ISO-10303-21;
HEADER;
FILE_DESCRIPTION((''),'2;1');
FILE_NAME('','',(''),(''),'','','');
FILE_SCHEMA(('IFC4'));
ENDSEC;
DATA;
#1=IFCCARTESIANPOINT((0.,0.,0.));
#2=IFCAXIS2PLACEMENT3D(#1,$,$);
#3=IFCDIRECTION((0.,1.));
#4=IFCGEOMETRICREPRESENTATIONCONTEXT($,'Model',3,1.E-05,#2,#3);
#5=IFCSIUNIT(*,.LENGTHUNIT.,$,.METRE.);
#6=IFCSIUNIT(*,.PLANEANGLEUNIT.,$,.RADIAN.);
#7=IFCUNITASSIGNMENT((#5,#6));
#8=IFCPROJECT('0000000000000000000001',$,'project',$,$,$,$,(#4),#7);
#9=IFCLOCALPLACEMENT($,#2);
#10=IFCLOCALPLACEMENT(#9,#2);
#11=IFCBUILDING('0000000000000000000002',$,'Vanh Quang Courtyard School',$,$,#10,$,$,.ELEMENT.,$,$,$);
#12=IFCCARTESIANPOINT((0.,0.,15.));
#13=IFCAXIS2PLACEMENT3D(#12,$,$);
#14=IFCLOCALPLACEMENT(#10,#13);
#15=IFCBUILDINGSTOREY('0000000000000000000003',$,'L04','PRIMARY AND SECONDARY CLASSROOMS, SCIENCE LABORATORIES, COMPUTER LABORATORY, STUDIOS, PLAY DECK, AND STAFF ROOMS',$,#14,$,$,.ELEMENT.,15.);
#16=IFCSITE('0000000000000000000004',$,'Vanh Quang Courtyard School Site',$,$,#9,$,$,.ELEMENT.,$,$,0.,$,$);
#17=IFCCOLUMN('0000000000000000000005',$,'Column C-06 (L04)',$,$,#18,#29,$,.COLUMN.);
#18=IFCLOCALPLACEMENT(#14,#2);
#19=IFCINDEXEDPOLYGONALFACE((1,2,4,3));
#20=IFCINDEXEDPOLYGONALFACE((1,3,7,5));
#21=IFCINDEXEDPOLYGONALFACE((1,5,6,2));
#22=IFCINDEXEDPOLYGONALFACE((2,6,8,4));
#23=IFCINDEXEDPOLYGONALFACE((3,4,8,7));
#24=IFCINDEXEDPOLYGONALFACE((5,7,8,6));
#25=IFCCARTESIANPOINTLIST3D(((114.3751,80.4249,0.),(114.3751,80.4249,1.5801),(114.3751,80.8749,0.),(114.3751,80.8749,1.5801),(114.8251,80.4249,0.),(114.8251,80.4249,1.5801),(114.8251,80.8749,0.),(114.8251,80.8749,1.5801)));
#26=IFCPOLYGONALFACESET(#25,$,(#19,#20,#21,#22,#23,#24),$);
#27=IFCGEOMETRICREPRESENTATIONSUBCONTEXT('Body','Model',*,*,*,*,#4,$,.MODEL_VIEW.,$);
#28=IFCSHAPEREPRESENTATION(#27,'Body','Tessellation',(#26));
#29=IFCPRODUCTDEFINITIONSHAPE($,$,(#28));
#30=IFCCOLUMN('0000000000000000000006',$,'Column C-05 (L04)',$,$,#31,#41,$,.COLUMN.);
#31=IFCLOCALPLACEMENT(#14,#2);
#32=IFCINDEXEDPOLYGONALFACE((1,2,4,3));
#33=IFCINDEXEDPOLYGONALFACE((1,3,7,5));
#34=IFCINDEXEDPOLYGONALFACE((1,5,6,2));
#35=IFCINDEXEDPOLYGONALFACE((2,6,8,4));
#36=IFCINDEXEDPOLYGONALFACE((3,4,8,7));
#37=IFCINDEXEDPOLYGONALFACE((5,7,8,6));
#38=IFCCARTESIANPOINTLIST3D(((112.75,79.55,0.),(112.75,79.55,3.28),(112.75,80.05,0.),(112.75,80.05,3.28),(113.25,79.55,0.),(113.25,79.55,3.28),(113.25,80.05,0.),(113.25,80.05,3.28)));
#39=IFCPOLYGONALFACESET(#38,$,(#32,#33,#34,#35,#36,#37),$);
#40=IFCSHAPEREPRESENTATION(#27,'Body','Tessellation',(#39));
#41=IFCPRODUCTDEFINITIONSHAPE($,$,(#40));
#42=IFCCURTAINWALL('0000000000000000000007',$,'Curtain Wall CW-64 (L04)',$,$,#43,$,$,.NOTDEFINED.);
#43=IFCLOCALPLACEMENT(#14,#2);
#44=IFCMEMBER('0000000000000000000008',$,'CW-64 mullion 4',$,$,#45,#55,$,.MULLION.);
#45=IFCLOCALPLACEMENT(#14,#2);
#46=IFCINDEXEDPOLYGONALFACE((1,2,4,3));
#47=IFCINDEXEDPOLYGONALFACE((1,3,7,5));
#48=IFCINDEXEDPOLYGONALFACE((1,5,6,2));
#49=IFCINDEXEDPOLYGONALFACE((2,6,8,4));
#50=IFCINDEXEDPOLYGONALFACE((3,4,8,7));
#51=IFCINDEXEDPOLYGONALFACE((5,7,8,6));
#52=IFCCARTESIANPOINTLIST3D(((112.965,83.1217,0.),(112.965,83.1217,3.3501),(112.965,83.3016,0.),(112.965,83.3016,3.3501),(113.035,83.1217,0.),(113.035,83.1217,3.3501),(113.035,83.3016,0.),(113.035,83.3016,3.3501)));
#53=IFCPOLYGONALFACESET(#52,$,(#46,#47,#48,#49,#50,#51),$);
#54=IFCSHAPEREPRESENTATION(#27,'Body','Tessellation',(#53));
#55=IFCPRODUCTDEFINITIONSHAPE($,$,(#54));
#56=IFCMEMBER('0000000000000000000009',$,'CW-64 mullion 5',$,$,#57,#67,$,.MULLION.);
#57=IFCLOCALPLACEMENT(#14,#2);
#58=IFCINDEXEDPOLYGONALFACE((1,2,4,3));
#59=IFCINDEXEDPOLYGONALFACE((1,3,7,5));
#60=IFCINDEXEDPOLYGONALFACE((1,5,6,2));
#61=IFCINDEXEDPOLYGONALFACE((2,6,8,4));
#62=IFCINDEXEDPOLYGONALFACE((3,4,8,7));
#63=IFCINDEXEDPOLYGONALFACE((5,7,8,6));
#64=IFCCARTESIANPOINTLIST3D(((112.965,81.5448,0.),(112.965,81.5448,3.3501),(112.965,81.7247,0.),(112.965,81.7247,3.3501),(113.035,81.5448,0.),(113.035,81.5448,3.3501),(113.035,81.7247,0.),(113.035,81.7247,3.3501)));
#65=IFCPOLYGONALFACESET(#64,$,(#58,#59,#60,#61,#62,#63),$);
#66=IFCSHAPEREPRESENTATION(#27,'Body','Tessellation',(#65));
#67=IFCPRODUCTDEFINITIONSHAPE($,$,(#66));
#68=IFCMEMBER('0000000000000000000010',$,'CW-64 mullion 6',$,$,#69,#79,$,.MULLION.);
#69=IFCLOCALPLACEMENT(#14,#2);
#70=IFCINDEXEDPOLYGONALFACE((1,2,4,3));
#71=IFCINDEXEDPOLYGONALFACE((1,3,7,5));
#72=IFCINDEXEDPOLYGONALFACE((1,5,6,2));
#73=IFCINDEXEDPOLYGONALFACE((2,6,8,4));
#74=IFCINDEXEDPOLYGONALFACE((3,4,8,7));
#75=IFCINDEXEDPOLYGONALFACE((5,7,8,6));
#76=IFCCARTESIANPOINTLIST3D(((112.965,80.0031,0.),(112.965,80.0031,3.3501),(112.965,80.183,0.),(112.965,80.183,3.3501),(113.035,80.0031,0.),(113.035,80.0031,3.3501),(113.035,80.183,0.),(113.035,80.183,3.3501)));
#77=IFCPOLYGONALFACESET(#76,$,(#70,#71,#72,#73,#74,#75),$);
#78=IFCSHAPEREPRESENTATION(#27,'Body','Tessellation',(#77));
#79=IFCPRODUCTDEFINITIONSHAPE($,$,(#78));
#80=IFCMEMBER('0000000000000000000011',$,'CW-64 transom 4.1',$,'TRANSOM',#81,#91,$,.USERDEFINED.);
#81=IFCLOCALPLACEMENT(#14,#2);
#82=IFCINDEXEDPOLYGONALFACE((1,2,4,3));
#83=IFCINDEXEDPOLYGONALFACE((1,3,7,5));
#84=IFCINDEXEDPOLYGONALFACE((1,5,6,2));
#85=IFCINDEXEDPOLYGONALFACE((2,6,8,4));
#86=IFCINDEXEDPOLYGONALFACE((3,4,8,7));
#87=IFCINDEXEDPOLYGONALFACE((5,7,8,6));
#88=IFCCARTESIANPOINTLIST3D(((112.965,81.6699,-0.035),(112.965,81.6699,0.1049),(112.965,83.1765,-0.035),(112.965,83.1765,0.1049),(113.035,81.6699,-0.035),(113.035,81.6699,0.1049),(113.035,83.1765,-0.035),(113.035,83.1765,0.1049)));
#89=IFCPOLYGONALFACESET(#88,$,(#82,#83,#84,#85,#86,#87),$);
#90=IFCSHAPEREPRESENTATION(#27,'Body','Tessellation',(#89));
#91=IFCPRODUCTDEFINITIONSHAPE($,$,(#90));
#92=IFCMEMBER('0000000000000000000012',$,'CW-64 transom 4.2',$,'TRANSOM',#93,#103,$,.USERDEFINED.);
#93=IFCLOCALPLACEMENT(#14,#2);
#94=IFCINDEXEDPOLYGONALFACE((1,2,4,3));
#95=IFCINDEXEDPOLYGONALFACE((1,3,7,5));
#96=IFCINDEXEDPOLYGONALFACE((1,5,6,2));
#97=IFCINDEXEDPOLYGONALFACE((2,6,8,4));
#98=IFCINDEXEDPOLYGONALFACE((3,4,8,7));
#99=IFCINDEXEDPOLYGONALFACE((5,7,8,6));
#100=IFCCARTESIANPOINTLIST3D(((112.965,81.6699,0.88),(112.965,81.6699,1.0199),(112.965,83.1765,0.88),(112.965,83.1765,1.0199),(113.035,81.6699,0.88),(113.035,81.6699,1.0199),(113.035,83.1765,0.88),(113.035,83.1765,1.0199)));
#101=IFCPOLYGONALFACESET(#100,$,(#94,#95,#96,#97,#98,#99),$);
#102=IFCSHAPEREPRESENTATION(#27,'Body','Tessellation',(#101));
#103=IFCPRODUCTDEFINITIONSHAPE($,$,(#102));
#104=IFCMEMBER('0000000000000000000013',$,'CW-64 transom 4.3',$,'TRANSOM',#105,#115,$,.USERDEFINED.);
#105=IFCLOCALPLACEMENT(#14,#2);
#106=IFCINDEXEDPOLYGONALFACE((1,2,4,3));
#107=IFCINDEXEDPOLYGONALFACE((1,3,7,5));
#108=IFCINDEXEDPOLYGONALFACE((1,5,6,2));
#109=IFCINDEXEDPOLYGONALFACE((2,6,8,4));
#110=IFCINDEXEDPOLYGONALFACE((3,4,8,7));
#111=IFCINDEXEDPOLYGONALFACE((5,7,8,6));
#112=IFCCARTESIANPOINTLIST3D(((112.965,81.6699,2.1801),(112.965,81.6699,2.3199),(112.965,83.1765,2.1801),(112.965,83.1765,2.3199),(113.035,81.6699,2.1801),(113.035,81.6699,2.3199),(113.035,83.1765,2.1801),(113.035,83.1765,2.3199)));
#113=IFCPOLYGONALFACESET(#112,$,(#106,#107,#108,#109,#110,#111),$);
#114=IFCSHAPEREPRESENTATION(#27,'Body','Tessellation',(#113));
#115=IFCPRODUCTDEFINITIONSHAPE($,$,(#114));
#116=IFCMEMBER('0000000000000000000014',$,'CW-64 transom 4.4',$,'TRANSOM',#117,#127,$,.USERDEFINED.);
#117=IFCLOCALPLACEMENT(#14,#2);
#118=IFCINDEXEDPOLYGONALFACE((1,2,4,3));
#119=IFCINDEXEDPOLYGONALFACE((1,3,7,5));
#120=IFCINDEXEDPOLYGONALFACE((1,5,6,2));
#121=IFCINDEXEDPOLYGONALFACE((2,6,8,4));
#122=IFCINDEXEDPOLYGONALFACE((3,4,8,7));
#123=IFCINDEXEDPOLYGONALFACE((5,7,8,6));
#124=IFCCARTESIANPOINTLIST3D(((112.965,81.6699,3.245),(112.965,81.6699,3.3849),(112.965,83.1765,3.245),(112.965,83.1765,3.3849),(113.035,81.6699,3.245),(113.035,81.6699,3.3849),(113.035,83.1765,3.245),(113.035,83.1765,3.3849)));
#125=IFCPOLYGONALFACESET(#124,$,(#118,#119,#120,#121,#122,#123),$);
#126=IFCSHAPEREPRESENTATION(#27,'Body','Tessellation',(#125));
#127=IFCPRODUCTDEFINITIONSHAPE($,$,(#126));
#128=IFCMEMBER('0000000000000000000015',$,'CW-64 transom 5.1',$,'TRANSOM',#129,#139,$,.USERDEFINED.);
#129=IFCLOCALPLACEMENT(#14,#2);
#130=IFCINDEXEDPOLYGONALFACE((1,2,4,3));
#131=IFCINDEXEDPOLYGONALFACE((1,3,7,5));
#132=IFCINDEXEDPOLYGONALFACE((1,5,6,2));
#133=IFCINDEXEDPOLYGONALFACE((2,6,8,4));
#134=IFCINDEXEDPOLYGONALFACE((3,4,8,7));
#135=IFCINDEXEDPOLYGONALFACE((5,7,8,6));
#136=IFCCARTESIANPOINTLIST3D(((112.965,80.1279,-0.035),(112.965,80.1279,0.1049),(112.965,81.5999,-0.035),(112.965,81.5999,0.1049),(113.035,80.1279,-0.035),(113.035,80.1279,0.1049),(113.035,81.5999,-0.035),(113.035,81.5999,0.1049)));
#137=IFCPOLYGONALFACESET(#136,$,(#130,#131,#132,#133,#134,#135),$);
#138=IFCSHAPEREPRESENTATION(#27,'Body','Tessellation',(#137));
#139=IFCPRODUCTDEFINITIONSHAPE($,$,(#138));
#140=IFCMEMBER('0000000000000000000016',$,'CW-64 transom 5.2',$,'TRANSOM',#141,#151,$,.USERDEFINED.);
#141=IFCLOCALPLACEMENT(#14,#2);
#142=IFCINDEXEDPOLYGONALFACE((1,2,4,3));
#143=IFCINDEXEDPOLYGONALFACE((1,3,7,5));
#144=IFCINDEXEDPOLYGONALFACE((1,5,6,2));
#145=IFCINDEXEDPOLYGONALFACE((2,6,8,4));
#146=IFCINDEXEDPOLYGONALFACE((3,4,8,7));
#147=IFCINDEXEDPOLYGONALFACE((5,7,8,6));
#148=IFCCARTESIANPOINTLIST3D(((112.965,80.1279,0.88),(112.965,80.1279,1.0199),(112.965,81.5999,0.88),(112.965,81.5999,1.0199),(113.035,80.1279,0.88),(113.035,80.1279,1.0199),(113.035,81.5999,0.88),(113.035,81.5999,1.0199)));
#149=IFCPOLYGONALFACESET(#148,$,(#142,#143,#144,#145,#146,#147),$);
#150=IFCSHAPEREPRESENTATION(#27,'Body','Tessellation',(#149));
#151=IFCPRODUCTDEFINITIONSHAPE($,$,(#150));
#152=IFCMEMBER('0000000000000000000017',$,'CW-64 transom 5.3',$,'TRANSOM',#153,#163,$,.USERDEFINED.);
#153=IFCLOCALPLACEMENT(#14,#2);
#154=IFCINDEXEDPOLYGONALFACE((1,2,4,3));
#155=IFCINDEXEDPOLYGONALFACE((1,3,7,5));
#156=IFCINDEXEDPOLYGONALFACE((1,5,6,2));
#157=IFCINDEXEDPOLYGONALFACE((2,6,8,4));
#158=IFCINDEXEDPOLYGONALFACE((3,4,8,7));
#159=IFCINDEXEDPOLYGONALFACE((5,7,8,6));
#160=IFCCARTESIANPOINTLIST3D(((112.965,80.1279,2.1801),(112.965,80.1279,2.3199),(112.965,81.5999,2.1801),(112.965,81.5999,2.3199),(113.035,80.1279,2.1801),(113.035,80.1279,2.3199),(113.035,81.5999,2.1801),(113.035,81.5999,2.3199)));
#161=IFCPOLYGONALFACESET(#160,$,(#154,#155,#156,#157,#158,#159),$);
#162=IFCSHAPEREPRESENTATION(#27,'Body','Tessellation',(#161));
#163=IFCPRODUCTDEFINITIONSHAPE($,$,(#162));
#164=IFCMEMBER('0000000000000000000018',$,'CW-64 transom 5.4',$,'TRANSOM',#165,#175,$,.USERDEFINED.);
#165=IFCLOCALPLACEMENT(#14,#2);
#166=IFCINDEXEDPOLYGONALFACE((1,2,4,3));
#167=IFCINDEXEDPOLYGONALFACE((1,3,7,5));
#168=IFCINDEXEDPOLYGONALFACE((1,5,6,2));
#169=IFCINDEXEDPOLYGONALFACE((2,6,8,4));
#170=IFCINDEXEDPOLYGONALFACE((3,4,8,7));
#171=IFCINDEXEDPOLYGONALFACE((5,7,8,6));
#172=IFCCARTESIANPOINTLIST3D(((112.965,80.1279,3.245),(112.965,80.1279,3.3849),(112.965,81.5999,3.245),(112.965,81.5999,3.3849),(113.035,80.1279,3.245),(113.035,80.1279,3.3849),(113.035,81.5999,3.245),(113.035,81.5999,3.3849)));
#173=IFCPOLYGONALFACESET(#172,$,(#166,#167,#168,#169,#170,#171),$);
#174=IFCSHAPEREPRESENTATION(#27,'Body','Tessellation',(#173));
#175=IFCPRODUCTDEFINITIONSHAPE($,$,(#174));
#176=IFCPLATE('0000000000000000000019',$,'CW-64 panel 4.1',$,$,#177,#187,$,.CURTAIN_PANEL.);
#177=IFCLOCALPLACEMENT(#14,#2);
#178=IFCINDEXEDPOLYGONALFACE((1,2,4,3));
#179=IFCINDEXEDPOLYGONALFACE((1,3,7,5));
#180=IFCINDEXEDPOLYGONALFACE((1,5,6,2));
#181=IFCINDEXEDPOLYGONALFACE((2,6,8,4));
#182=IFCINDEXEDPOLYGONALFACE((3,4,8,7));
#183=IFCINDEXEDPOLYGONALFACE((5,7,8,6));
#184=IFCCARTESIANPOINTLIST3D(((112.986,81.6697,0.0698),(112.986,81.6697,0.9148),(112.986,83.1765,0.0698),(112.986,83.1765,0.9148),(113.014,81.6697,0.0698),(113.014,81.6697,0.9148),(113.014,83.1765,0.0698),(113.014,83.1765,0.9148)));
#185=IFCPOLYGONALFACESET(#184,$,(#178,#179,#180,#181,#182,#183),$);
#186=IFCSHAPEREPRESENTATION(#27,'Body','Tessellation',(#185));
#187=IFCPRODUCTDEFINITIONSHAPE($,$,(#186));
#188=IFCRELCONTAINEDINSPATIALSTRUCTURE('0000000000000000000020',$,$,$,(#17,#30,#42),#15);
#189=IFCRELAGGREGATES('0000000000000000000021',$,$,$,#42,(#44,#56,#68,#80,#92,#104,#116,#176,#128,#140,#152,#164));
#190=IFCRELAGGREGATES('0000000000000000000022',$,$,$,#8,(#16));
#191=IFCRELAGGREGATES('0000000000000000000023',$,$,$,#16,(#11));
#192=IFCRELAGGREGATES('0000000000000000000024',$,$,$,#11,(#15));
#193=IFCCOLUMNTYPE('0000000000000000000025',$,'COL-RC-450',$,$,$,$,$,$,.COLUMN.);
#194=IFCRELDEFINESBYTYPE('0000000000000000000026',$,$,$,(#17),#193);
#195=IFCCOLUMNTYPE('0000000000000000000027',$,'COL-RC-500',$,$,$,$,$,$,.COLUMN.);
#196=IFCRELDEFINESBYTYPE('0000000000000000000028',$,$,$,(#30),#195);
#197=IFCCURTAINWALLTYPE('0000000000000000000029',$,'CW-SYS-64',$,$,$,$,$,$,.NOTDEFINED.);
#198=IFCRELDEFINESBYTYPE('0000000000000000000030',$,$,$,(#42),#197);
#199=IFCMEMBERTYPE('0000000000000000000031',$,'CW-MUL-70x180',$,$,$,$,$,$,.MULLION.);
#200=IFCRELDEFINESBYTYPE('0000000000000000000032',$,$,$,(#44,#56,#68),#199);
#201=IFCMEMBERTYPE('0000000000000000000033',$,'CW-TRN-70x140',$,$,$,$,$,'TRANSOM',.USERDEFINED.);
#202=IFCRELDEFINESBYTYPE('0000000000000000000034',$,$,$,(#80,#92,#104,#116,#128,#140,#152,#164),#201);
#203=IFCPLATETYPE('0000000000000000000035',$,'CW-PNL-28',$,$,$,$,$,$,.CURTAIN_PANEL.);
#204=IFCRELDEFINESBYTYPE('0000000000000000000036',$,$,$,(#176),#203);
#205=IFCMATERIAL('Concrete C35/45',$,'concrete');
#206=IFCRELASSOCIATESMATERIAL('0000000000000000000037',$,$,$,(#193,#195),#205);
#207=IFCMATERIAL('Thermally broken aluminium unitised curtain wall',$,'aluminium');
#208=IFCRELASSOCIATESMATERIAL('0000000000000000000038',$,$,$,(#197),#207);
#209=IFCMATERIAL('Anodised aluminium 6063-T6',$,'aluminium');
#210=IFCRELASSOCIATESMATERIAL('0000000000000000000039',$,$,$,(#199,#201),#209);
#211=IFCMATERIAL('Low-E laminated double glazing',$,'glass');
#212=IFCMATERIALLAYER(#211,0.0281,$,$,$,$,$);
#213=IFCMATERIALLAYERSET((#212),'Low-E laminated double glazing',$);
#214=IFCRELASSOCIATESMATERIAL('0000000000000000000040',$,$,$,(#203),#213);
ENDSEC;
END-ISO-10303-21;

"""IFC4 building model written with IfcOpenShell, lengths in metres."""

from ifc_helpers import new_model, si_unit, direction, frame, origin, origin_2d, place, context, subcontext, project, spatial, rectangle, extrude, material, layer, layer_set, material_profile, profile_set, type_object, element, aggregate, save


model = new_model("IFC4")

# Units and contexts
model_context = context("Model", 3, precision=1e-05, world=origin(), true_north=direction((0.0, 1.0)))
body_context = subcontext(model_context, "Body", "Model", "MODEL_VIEW")
ifc_project = project(units=[si_unit("LENGTHUNIT", "METRE"), si_unit("PLANEANGLEUNIT", "RADIAN")], contexts=[model_context])

# Site, building, storey
site_placement = place(None, origin())
site = spatial("IfcSite", under=ifc_project, at=site_placement, Name="Vanh Quang Courtyard School Site", CompositionType="ELEMENT", RefElevation=0.0)
building_placement = place(site_placement, origin())
building = spatial("IfcBuilding", under=site, at=building_placement, Name="Vanh Quang Courtyard School", CompositionType="ELEMENT")
storey_placement = place(building_placement, frame((0.0, 0.0, 15.0)))
storey = spatial("IfcBuildingStorey", under=building, at=storey_placement, Name="L04", Description="PRIMARY AND SECONDARY CLASSROOMS, SCIENCE LABORATORIES, COMPUTER LABORATORY, STUDIOS, PLAY DECK, AND STAFF ROOMS", CompositionType="ELEMENT", Elevation=15.0)

# Columns
ifc_material_1 = material(Name="Concrete C35/45", Category="concrete")
ifc_material_profile_1 = material_profile(ifc_material_1, rectangle(XDim=0.45, YDim=0.45, at=origin_2d()), Name="RC-COL 450x450")
ifc_profile_set_1 = profile_set([ifc_material_profile_1], Name="Concrete C35/45")
column_type_1 = type_object("IfcColumnType", Name="COL-RC-450", PredefinedType="COLUMN", material=ifc_profile_set_1)
column_1_placement = place(storey_placement, frame((114.6001, 80.6499, 0.0), z_axis=(0.0, 0.0, 1.0), x_axis=(1.0, 0.0, 0.0)))
element("IfcColumn", 1, at=column_1_placement, inside=storey, type_object=column_type_1, Name="Column C-06 (L04)", PredefinedType="COLUMN", context=body_context, shape_type="SweptSolid", body=[
    extrude(rectangle(XDim=0.45, YDim=0.45, at=origin_2d()), origin(), (0.0, 0.0, 1.0), 1.5801),
])
ifc_material_profile_2 = material_profile(ifc_material_1, rectangle(XDim=0.5, YDim=0.5, at=origin_2d()), Name="RC-COL 500x500")
ifc_profile_set_2 = profile_set([ifc_material_profile_2], Name="Concrete C35/45")
column_type_2 = type_object("IfcColumnType", Name="COL-RC-500", PredefinedType="COLUMN", material=ifc_profile_set_2)
column_2_placement = place(storey_placement, frame((113.0, 79.8, 0.0), z_axis=(0.0, 0.0, 1.0), x_axis=(1.0, 0.0, 0.0)))
element("IfcColumn", 2, at=column_2_placement, inside=storey, type_object=column_type_2, Name="Column C-05 (L04)", PredefinedType="COLUMN", context=body_context, shape_type="SweptSolid", body=[
    extrude(rectangle(XDim=0.5, YDim=0.5, at=origin_2d()), origin(), (0.0, 0.0, 1.0), 3.28),
])

# Curtain wall, members, plate
ifc_material_2 = material(Name="Thermally broken aluminium unitised curtain wall", Category="aluminium")
curtain_wall_type = type_object("IfcCurtainWallType", Name="CW-SYS-64", PredefinedType="NOTDEFINED", material=ifc_material_2)
curtain_wall_placement = place(storey_placement, origin())
curtain_wall = element("IfcCurtainWall", 3, at=curtain_wall_placement, inside=storey, type_object=curtain_wall_type, Name="Curtain Wall CW-64 (L04)", PredefinedType="NOTDEFINED")
ifc_material_3 = material(Name="Anodised aluminium 6063-T6", Category="aluminium")
ifc_material_profile_3 = material_profile(ifc_material_3, rectangle(XDim=0.0701, YDim=0.1799, at=origin_2d()), Name="ALU-MUL 70x180")
ifc_profile_set_3 = profile_set([ifc_material_profile_3], Name="Anodised aluminium 6063-T6")
member_type_1 = type_object("IfcMemberType", Name="CW-MUL-70x180", PredefinedType="MULLION", material=ifc_profile_set_3)
member_1_placement = place(storey_placement, frame((113.0, 83.2117, 0.0), z_axis=(0.0, 0.0, 1.0), x_axis=(1.0, 0.0, 0.0)))
member_1 = element("IfcMember", 4, at=member_1_placement, type_object=member_type_1, Name="CW-64 mullion 4", PredefinedType="MULLION", context=body_context, shape_type="SweptSolid", body=[
    extrude(rectangle(XDim=0.0701, YDim=0.1799, at=origin_2d()), origin(), (0.0, 0.0, 1.0), 3.3501),
])
member_2_placement = place(storey_placement, frame((113.0, 81.6348, 0.0), z_axis=(0.0, 0.0, 1.0), x_axis=(1.0, 0.0, 0.0)))
member_2 = element("IfcMember", 5, at=member_2_placement, type_object=member_type_1, Name="CW-64 mullion 5", PredefinedType="MULLION", context=body_context, shape_type="SweptSolid", body=[
    extrude(rectangle(XDim=0.0701, YDim=0.1799, at=origin_2d()), origin(), (0.0, 0.0, 1.0), 3.3501),
])
member_3_placement = place(storey_placement, frame((113.0, 80.093, 0.0), z_axis=(0.0, 0.0, 1.0), x_axis=(1.0, 0.0, 0.0)))
member_3 = element("IfcMember", 6, at=member_3_placement, type_object=member_type_1, Name="CW-64 mullion 6", PredefinedType="MULLION", context=body_context, shape_type="SweptSolid", body=[
    extrude(rectangle(XDim=0.0701, YDim=0.1799, at=origin_2d()), origin(), (0.0, 0.0, 1.0), 3.3501),
])
ifc_material_profile_4 = material_profile(ifc_material_3, rectangle(XDim=0.0701, YDim=0.1399, at=origin_2d()), Name="ALU-TRN 70x140")
ifc_profile_set_4 = profile_set([ifc_material_profile_4], Name="Anodised aluminium 6063-T6")
member_type_2 = type_object("IfcMemberType", Name="CW-TRN-70x140", ElementType="TRANSOM", PredefinedType="USERDEFINED", material=ifc_profile_set_4)
member_4_placement = place(storey_placement, frame((113.0, 83.1765, 0.0349), z_axis=(0.0, -1.0, 0.0), x_axis=(1.0, 0.0, 0.0)))
member_4 = element("IfcMember", 7, at=member_4_placement, type_object=member_type_2, Name="CW-64 transom 4.1", ObjectType="TRANSOM", PredefinedType="USERDEFINED", context=body_context, shape_type="SweptSolid", body=[
    extrude(rectangle(XDim=0.0701, YDim=0.1399, at=origin_2d()), origin(), (0.0, 0.0, 1.0), 1.5066),
])
member_5_placement = place(storey_placement, frame((113.0, 83.1765, 0.95), z_axis=(0.0, -1.0, 0.0), x_axis=(1.0, 0.0, 0.0)))
member_5 = element("IfcMember", 8, at=member_5_placement, type_object=member_type_2, Name="CW-64 transom 4.2", ObjectType="TRANSOM", PredefinedType="USERDEFINED", context=body_context, shape_type="SweptSolid", body=[
    extrude(rectangle(XDim=0.0701, YDim=0.1399, at=origin_2d()), origin(), (0.0, 0.0, 1.0), 1.5066),
])
member_6_placement = place(storey_placement, frame((113.0, 83.1765, 2.25), z_axis=(0.0, -1.0, 0.0), x_axis=(1.0, 0.0, 0.0)))
member_6 = element("IfcMember", 9, at=member_6_placement, type_object=member_type_2, Name="CW-64 transom 4.3", ObjectType="TRANSOM", PredefinedType="USERDEFINED", context=body_context, shape_type="SweptSolid", body=[
    extrude(rectangle(XDim=0.0701, YDim=0.1399, at=origin_2d()), origin(), (0.0, 0.0, 1.0), 1.5066),
])
member_7_placement = place(storey_placement, frame((113.0, 83.1765, 3.3149), z_axis=(0.0, -1.0, 0.0), x_axis=(1.0, 0.0, 0.0)))
member_7 = element("IfcMember", 10, at=member_7_placement, type_object=member_type_2, Name="CW-64 transom 4.4", ObjectType="TRANSOM", PredefinedType="USERDEFINED", context=body_context, shape_type="SweptSolid", body=[
    extrude(rectangle(XDim=0.0701, YDim=0.1399, at=origin_2d()), origin(), (0.0, 0.0, 1.0), 1.5066),
])
member_8_placement = place(storey_placement, frame((113.0, 81.5999, 0.0349), z_axis=(0.0, -1.0, 0.0), x_axis=(1.0, 0.0, 0.0)))
member_8 = element("IfcMember", 11, at=member_8_placement, type_object=member_type_2, Name="CW-64 transom 5.1", ObjectType="TRANSOM", PredefinedType="USERDEFINED", context=body_context, shape_type="SweptSolid", body=[
    extrude(rectangle(XDim=0.0701, YDim=0.1399, at=origin_2d()), origin(), (0.0, 0.0, 1.0), 1.4719),
])
member_9_placement = place(storey_placement, frame((113.0, 81.5999, 0.95), z_axis=(0.0, -1.0, 0.0), x_axis=(1.0, 0.0, 0.0)))
member_9 = element("IfcMember", 12, at=member_9_placement, type_object=member_type_2, Name="CW-64 transom 5.2", ObjectType="TRANSOM", PredefinedType="USERDEFINED", context=body_context, shape_type="SweptSolid", body=[
    extrude(rectangle(XDim=0.0701, YDim=0.1399, at=origin_2d()), origin(), (0.0, 0.0, 1.0), 1.4719),
])
member_10_placement = place(storey_placement, frame((113.0, 81.5999, 2.25), z_axis=(0.0, -1.0, 0.0), x_axis=(1.0, 0.0, 0.0)))
member_10 = element("IfcMember", 13, at=member_10_placement, type_object=member_type_2, Name="CW-64 transom 5.3", ObjectType="TRANSOM", PredefinedType="USERDEFINED", context=body_context, shape_type="SweptSolid", body=[
    extrude(rectangle(XDim=0.0701, YDim=0.1399, at=origin_2d()), origin(), (0.0, 0.0, 1.0), 1.4719),
])
member_11_placement = place(storey_placement, frame((113.0, 81.5999, 3.3149), z_axis=(0.0, -1.0, 0.0), x_axis=(1.0, 0.0, 0.0)))
member_11 = element("IfcMember", 14, at=member_11_placement, type_object=member_type_2, Name="CW-64 transom 5.4", ObjectType="TRANSOM", PredefinedType="USERDEFINED", context=body_context, shape_type="SweptSolid", body=[
    extrude(rectangle(XDim=0.0701, YDim=0.1399, at=origin_2d()), origin(), (0.0, 0.0, 1.0), 1.4719),
])
ifc_material_4 = material(Name="Low-E laminated double glazing", Category="glass")
ifc_layer_1 = layer(ifc_material_4, 0.0281)
ifc_layer_set_1 = layer_set([ifc_layer_1], Name="Low-E laminated double glazing")
plate_type = type_object("IfcPlateType", Name="CW-PNL-28", PredefinedType="CURTAIN_PANEL", material=ifc_layer_set_1)
plate_1_placement = place(storey_placement, frame((113.0, 82.4231, 0.0698), z_axis=(0.0, 0.0, 1.0), x_axis=(0.0, -1.0, 0.0)))
plate_1 = element("IfcPlate", 15, at=plate_1_placement, type_object=plate_type, Name="CW-64 panel 4.1", PredefinedType="CURTAIN_PANEL", context=body_context, shape_type="SweptSolid", body=[
    extrude(rectangle(XDim=1.5068, YDim=0.0281, at=origin_2d()), origin(), (0.0, 0.0, 1.0), 0.845),
])
aggregate(curtain_wall, [member_1, member_2, member_3, member_4, member_5, member_6, member_7, plate_1, member_8, member_9, member_10, member_11])

save(model, "model.ifc")
